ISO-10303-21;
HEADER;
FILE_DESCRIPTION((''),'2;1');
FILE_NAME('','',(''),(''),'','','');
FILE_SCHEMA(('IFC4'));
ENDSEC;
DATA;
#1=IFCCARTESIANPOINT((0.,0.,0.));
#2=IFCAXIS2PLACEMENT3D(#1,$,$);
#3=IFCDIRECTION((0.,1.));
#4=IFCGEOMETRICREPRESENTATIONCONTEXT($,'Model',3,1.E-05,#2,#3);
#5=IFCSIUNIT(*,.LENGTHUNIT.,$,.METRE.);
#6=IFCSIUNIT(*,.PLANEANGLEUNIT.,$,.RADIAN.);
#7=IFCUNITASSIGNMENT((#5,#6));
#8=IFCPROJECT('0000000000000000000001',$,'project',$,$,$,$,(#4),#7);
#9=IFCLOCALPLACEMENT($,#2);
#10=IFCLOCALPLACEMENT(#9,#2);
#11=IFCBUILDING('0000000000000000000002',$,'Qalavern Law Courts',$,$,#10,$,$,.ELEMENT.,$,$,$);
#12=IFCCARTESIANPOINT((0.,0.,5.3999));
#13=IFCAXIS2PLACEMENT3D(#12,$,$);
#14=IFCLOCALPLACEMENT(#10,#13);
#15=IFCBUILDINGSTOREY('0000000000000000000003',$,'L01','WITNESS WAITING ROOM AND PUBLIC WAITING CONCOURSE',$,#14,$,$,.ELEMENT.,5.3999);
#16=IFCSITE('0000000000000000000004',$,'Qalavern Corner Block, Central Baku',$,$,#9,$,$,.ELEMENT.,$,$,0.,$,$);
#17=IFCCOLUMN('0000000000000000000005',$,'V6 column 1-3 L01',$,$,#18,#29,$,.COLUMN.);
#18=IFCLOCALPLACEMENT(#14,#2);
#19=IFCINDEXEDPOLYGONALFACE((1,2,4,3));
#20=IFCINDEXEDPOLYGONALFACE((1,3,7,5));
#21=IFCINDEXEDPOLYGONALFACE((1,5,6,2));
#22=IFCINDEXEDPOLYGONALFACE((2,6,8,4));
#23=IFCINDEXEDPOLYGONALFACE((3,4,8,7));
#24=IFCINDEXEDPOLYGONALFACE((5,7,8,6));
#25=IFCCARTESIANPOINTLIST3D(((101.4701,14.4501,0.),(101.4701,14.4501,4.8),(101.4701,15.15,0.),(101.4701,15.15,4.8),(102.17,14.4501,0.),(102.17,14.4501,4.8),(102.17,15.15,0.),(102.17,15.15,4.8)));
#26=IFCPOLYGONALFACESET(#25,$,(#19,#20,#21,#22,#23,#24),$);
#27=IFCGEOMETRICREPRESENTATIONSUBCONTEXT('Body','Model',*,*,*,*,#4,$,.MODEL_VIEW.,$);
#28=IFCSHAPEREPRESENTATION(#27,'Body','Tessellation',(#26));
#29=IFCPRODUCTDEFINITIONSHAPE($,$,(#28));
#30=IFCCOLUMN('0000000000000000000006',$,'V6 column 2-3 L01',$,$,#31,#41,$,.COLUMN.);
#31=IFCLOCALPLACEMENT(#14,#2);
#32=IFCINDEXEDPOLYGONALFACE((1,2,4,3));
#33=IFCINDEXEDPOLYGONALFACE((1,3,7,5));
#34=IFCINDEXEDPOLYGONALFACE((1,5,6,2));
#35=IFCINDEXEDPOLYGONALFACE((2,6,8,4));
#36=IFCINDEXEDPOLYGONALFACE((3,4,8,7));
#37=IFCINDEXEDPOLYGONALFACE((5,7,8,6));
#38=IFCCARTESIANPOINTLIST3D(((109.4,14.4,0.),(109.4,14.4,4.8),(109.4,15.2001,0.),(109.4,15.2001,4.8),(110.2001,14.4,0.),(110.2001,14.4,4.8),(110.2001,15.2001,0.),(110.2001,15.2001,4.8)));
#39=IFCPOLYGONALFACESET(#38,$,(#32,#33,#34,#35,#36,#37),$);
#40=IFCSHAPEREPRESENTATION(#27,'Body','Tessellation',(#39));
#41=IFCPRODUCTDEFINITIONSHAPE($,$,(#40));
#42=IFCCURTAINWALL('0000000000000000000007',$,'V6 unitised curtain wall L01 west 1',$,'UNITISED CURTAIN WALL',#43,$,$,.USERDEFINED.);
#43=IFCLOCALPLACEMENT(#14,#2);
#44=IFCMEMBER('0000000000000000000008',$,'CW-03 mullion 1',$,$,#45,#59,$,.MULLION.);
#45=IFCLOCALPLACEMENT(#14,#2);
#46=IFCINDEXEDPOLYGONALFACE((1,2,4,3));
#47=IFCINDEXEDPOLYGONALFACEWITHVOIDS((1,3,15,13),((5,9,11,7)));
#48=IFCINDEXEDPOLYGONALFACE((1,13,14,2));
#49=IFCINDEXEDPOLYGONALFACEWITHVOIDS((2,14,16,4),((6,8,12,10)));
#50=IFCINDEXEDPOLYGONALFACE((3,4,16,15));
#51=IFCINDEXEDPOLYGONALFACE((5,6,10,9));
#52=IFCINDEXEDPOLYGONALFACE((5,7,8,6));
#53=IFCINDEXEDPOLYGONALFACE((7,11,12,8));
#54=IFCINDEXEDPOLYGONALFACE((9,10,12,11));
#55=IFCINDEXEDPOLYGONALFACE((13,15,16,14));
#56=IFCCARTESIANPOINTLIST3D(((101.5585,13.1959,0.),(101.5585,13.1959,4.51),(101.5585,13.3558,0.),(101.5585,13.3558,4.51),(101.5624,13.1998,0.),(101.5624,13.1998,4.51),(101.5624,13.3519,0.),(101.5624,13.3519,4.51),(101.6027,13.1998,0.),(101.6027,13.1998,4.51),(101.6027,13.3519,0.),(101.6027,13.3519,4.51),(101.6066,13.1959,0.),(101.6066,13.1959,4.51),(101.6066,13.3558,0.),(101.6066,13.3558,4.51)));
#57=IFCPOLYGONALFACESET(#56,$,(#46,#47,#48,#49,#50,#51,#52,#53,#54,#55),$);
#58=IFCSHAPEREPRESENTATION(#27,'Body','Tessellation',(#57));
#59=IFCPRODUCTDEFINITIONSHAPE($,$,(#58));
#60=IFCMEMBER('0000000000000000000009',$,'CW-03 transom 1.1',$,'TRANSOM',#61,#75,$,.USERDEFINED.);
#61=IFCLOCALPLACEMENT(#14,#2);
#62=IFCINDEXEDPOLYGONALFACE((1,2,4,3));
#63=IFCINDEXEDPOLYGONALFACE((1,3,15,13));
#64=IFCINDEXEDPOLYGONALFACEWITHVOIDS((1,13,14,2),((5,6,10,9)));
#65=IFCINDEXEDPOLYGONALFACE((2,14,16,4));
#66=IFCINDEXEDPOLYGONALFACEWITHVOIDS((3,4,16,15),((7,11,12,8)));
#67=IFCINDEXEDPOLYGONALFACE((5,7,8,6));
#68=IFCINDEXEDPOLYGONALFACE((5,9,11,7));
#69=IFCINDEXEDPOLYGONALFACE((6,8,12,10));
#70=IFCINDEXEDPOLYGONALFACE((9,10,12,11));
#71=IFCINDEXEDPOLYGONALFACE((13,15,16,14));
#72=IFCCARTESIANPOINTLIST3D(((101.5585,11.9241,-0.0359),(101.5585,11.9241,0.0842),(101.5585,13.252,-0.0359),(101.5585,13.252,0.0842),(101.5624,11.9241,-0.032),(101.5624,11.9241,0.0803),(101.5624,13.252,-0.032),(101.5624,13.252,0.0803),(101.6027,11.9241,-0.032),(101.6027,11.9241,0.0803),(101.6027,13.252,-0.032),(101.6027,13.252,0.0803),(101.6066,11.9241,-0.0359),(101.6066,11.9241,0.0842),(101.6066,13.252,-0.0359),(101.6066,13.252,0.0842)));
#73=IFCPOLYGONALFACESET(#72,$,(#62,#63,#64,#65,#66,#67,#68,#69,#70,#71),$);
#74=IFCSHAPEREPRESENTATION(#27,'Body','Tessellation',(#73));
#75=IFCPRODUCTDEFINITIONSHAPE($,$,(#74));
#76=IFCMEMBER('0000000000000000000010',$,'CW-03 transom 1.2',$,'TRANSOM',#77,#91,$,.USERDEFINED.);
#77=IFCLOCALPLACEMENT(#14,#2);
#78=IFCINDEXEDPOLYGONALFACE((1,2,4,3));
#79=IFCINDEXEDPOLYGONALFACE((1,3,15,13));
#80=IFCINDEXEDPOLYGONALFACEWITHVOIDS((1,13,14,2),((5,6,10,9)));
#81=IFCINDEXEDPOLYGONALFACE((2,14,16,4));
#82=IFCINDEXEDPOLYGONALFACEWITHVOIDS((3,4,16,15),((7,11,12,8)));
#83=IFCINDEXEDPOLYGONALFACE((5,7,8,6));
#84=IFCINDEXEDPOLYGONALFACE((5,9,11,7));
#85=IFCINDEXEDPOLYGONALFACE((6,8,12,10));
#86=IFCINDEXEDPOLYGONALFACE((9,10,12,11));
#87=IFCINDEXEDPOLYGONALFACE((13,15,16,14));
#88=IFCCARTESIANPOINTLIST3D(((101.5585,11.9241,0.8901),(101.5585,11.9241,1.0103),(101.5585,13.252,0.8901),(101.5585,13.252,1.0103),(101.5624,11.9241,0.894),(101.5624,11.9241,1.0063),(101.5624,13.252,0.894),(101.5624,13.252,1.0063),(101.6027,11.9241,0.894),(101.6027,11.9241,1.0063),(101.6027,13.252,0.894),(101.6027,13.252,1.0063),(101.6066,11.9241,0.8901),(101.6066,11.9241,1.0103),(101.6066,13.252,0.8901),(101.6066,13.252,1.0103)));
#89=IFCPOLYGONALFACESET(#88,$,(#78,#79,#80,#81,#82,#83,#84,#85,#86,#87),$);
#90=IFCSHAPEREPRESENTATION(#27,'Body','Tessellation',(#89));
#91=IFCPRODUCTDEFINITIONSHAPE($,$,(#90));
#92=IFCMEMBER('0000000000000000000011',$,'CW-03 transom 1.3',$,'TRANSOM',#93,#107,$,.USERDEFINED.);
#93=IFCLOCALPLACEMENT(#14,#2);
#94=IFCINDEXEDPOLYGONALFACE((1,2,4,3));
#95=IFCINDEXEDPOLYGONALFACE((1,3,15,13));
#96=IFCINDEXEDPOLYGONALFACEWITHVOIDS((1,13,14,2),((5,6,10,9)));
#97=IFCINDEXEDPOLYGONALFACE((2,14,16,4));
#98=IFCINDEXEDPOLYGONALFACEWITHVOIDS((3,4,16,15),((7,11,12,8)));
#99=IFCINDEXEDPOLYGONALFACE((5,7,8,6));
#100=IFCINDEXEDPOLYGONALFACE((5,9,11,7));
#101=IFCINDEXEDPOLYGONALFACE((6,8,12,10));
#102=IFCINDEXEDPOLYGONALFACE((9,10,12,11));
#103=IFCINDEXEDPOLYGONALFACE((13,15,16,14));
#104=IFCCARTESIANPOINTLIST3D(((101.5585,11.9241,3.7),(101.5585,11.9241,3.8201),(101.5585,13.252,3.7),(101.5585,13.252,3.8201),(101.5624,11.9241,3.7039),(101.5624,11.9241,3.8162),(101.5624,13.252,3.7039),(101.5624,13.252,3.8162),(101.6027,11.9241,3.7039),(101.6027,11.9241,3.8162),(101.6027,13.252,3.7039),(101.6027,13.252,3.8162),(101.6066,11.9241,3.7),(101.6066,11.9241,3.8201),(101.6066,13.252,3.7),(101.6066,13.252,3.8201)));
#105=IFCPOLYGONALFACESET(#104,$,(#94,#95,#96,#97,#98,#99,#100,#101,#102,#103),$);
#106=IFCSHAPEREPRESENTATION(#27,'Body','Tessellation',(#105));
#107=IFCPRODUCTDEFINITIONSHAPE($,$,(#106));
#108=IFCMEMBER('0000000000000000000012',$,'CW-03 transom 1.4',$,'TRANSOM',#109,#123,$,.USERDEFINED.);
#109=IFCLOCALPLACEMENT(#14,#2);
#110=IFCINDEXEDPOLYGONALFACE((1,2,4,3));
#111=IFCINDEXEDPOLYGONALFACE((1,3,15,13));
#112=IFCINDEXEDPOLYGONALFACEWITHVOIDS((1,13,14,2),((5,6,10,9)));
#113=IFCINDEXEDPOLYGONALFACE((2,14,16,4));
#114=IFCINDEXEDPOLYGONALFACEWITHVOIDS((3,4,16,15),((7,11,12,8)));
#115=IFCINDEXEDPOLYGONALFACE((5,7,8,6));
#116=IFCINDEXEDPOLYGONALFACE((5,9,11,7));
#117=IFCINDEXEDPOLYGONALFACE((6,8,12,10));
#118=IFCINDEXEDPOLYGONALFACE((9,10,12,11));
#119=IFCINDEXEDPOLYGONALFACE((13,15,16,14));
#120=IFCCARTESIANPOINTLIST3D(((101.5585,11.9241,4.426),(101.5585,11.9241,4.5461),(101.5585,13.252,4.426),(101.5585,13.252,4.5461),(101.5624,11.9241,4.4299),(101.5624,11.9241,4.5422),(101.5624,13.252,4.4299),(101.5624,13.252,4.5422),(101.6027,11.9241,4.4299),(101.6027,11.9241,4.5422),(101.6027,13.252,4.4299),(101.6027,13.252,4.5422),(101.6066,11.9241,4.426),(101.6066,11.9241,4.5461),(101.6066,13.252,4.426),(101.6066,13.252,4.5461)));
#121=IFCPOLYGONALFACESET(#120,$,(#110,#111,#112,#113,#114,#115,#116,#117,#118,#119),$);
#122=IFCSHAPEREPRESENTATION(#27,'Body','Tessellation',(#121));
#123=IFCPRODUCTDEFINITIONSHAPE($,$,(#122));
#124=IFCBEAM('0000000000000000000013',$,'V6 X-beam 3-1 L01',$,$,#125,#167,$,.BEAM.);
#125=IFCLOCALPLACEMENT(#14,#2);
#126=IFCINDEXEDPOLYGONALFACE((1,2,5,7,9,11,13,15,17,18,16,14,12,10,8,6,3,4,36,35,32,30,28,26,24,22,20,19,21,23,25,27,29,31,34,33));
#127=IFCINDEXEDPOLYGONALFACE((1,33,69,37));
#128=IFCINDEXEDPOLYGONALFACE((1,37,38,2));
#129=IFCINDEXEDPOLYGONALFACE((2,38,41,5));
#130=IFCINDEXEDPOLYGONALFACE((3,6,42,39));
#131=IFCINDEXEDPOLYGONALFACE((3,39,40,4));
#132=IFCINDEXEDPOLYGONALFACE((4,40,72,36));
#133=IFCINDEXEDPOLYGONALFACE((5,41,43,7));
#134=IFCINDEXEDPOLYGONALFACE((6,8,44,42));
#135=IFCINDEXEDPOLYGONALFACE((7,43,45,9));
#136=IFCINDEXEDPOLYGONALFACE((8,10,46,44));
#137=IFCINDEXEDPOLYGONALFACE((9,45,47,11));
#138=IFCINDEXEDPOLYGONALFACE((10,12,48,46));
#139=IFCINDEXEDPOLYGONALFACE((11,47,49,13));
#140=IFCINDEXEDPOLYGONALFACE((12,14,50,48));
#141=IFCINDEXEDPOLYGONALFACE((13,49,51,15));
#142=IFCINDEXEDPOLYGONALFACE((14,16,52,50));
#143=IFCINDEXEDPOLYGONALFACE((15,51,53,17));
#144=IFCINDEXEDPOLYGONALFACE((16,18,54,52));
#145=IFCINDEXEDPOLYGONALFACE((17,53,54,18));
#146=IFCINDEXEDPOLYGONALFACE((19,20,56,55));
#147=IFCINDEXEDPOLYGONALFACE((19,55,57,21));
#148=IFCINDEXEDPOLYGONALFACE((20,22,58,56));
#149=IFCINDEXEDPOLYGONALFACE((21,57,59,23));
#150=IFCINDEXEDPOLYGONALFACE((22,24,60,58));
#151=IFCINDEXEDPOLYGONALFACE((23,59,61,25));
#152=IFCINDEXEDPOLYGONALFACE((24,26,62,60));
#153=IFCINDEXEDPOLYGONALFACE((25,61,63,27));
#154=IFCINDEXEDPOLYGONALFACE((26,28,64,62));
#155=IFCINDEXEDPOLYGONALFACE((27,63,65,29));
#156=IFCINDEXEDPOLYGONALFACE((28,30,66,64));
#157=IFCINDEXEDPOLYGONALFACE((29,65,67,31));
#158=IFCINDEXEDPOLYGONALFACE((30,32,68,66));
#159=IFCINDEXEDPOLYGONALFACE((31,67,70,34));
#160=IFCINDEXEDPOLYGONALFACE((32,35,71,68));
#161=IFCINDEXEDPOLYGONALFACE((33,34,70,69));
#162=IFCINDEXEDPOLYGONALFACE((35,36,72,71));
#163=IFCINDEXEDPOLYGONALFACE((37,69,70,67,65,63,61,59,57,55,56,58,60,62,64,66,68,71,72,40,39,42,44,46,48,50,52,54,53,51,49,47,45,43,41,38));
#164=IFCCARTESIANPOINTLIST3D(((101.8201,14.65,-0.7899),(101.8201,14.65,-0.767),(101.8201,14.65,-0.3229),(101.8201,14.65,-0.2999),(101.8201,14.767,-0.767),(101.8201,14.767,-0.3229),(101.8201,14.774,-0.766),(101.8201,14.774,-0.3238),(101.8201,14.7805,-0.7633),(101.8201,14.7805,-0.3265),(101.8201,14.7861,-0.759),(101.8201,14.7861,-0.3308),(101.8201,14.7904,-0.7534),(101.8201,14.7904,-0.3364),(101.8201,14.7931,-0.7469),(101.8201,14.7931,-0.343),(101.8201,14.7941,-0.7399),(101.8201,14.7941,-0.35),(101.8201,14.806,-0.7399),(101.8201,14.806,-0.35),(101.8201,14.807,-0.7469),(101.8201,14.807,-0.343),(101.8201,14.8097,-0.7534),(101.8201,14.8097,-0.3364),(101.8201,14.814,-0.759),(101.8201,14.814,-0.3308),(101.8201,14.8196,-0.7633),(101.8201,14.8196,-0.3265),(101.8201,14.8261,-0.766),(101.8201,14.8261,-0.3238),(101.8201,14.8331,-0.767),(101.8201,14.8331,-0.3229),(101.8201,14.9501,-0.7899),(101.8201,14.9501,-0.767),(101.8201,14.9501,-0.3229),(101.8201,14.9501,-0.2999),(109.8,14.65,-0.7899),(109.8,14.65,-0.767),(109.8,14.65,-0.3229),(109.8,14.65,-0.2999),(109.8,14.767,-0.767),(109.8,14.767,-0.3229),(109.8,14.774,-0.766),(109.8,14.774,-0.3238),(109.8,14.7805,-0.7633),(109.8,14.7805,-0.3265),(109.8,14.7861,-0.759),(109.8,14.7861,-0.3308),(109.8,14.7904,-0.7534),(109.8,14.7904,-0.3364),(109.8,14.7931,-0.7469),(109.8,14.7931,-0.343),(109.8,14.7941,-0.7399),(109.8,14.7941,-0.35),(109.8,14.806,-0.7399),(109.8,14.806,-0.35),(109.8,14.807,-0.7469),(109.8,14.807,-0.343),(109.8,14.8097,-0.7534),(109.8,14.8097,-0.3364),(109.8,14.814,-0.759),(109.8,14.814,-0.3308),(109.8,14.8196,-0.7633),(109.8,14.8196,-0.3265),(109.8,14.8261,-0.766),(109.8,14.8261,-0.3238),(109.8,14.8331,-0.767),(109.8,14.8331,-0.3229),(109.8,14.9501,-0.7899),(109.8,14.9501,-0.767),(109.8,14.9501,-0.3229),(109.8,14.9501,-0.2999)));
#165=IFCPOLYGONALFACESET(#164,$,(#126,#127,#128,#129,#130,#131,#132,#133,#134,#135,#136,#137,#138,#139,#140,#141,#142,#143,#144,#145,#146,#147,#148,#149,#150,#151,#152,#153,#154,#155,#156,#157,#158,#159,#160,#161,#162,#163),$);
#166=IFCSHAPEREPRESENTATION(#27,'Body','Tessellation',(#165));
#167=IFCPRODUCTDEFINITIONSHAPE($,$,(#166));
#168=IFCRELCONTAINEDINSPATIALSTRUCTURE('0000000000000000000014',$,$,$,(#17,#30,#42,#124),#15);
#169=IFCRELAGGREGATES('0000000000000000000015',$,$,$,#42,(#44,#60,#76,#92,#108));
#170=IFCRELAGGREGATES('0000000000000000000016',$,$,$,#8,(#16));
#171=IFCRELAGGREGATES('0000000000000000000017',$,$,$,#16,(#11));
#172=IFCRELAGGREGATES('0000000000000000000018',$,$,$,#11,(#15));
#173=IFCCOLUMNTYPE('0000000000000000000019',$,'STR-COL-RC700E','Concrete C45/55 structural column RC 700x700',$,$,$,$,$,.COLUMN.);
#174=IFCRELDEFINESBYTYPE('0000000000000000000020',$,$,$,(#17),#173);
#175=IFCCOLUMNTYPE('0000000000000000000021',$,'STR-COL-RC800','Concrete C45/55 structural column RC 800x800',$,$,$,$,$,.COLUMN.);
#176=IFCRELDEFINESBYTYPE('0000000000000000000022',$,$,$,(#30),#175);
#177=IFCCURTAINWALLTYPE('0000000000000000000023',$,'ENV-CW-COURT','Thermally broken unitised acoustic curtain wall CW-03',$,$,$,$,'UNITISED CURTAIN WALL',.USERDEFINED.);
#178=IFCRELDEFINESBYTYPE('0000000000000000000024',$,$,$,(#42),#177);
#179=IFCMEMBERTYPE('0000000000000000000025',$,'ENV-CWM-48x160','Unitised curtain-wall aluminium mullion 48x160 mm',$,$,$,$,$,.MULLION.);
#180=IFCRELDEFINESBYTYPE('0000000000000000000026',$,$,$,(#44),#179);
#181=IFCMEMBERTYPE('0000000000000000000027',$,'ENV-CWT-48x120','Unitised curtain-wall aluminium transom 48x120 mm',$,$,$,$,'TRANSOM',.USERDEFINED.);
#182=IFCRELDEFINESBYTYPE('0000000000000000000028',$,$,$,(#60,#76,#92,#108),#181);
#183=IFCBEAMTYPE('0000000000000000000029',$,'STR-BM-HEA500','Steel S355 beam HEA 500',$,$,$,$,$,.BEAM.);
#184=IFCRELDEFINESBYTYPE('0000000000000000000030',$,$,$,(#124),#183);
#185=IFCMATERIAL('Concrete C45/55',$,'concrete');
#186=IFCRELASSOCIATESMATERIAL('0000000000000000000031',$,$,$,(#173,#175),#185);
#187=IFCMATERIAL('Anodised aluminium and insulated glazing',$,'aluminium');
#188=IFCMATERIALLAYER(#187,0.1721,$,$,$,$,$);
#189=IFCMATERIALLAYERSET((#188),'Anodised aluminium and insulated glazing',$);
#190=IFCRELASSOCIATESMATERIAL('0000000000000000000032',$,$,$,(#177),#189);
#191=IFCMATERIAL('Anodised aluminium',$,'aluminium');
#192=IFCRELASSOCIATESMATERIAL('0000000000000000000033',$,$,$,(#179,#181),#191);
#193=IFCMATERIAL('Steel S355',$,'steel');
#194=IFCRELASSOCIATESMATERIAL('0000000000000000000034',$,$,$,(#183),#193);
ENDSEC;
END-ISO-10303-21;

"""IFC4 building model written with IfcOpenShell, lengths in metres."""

from ifc_helpers import new_model, si_unit, direction, frame, origin, origin_2d, place, context, subcontext, project, spatial, rectangle, hollow_rectangle, i_section, extrude, material, layer, layer_set, material_profile, profile_set, type_object, element, aggregate, save


model = new_model("IFC4")

# Units and contexts
model_context = context("Model", 3, precision=1e-05, world=origin(), true_north=direction((0.0, 1.0)))
body_context = subcontext(model_context, "Body", "Model", "MODEL_VIEW")
ifc_project = project(units=[si_unit("LENGTHUNIT", "METRE"), si_unit("PLANEANGLEUNIT", "RADIAN")], contexts=[model_context])

# Site, building, storey
site_placement = place(None, origin())
site = spatial("IfcSite", under=ifc_project, at=site_placement, Name="Qalavern Corner Block, Central Baku", CompositionType="ELEMENT", RefElevation=0.0)
building_placement = place(site_placement, origin())
building = spatial("IfcBuilding", under=site, at=building_placement, Name="Qalavern Law Courts", CompositionType="ELEMENT")
storey_placement = place(building_placement, frame((0.0, 0.0, 5.3999)))
storey = spatial("IfcBuildingStorey", under=building, at=storey_placement, Name="L01", Description="WITNESS WAITING ROOM AND PUBLIC WAITING CONCOURSE", CompositionType="ELEMENT", Elevation=5.3999)

# Columns
ifc_material_1 = material(Name="Concrete C45/55", Category="concrete")
ifc_material_profile_1 = material_profile(ifc_material_1, rectangle(XDim=0.7, YDim=0.7, at=origin_2d()), Name="RC 700x700")
ifc_profile_set_1 = profile_set([ifc_material_profile_1], Name="Concrete C45/55")
column_type_1 = type_object("IfcColumnType", Name="STR-COL-RC700E", Description="Concrete C45/55 structural column RC 700x700", PredefinedType="COLUMN", material=ifc_profile_set_1)
column_1_placement = place(storey_placement, frame((101.8201, 14.8, 0.0), z_axis=(0.0, 0.0, 1.0), x_axis=(1.0, 0.0, 0.0)))
element("IfcColumn", 1, at=column_1_placement, inside=storey, type_object=column_type_1, Name="V6 column 1-3 L01", PredefinedType="COLUMN", context=body_context, shape_type="SweptSolid", body=[
    extrude(rectangle(XDim=0.7, YDim=0.7, at=origin_2d()), origin(), (0.0, 0.0, 1.0), 4.8),
])
ifc_material_profile_2 = material_profile(ifc_material_1, rectangle(XDim=0.8, YDim=0.8, at=origin_2d()), Name="RC 800x800")
ifc_profile_set_2 = profile_set([ifc_material_profile_2], Name="Concrete C45/55")
column_type_2 = type_object("IfcColumnType", Name="STR-COL-RC800", Description="Concrete C45/55 structural column RC 800x800", PredefinedType="COLUMN", material=ifc_profile_set_2)
column_2_placement = place(storey_placement, frame((109.8, 14.8, 0.0), z_axis=(0.0, 0.0, 1.0), x_axis=(1.0, 0.0, 0.0)))
element("IfcColumn", 2, at=column_2_placement, inside=storey, type_object=column_type_2, Name="V6 column 2-3 L01", PredefinedType="COLUMN", context=body_context, shape_type="SweptSolid", body=[
    extrude(rectangle(XDim=0.8, YDim=0.8, at=origin_2d()), origin(), (0.0, 0.0, 1.0), 4.8),
])

# Curtain wall, members
ifc_material_2 = material(Name="Anodised aluminium and insulated glazing", Category="aluminium")
ifc_layer_1 = layer(ifc_material_2, 0.1721)
ifc_layer_set_1 = layer_set([ifc_layer_1], Name="Anodised aluminium and insulated glazing")
curtain_wall_type = type_object("IfcCurtainWallType", Name="ENV-CW-COURT", Description="Thermally broken unitised acoustic curtain wall CW-03", ElementType="UNITISED CURTAIN WALL", PredefinedType="USERDEFINED", material=ifc_layer_set_1)
curtain_wall_placement = place(storey_placement, origin())
curtain_wall = element("IfcCurtainWall", 3, at=curtain_wall_placement, inside=storey, type_object=curtain_wall_type, Name="V6 unitised curtain wall L01 west 1", ObjectType="UNITISED CURTAIN WALL", PredefinedType="USERDEFINED")
ifc_material_3 = material(Name="Anodised aluminium", Category="aluminium")
ifc_material_profile_3 = material_profile(ifc_material_3, hollow_rectangle(XDim=0.0481, YDim=0.1599, WallThickness=0.0039, at=origin_2d()), Name="ALU MULLION 48x160")
ifc_profile_set_3 = profile_set([ifc_material_profile_3], Name="Anodised aluminium")
member_type_1 = type_object("IfcMemberType", Name="ENV-CWM-48x160", Description="Unitised curtain-wall aluminium mullion 48x160 mm", PredefinedType="MULLION", material=ifc_profile_set_3)
member_1_placement = place(storey_placement, frame((101.5825, 13.2759, 0.0), z_axis=(0.0, 0.0, 1.0), x_axis=(1.0, 0.0, 0.0)))
member_1 = element("IfcMember", 4, at=member_1_placement, type_object=member_type_1, Name="CW-03 mullion 1", PredefinedType="MULLION", context=body_context, shape_type="SweptSolid", body=[
    extrude(hollow_rectangle(XDim=0.0481, YDim=0.1599, WallThickness=0.0039, at=origin_2d()), origin(), (0.0, 0.0, 1.0), 4.51),
])
ifc_material_profile_4 = material_profile(ifc_material_3, hollow_rectangle(XDim=0.0481, YDim=0.1201, WallThickness=0.0039, at=origin_2d()), Name="ALU TRANSOM 48x120")
ifc_profile_set_4 = profile_set([ifc_material_profile_4], Name="Anodised aluminium")
member_type_2 = type_object("IfcMemberType", Name="ENV-CWT-48x120", Description="Unitised curtain-wall aluminium transom 48x120 mm", ElementType="TRANSOM", PredefinedType="USERDEFINED", material=ifc_profile_set_4)
member_2_placement = place(storey_placement, frame((101.5825, 13.252, 0.0242), z_axis=(0.0, -1.0, 0.0), x_axis=(1.0, 0.0, 0.0)))
member_2 = element("IfcMember", 5, at=member_2_placement, type_object=member_type_2, Name="CW-03 transom 1.1", ObjectType="TRANSOM", PredefinedType="USERDEFINED", context=body_context, shape_type="SweptSolid", body=[
    extrude(hollow_rectangle(XDim=0.0481, YDim=0.1201, WallThickness=0.0039, at=origin_2d()), origin(), (0.0, 0.0, 1.0), 1.3279),
])
member_3_placement = place(storey_placement, frame((101.5825, 13.252, 0.9502), z_axis=(0.0, -1.0, 0.0), x_axis=(1.0, 0.0, 0.0)))
member_3 = element("IfcMember", 6, at=member_3_placement, type_object=member_type_2, Name="CW-03 transom 1.2", ObjectType="TRANSOM", PredefinedType="USERDEFINED", context=body_context, shape_type="SweptSolid", body=[
    extrude(hollow_rectangle(XDim=0.0481, YDim=0.1201, WallThickness=0.0039, at=origin_2d()), origin(), (0.0, 0.0, 1.0), 1.3279),
])
member_4_placement = place(storey_placement, frame((101.5825, 13.252, 3.76), z_axis=(0.0, -1.0, 0.0), x_axis=(1.0, 0.0, 0.0)))
member_4 = element("IfcMember", 7, at=member_4_placement, type_object=member_type_2, Name="CW-03 transom 1.3", ObjectType="TRANSOM", PredefinedType="USERDEFINED", context=body_context, shape_type="SweptSolid", body=[
    extrude(hollow_rectangle(XDim=0.0481, YDim=0.1201, WallThickness=0.0039, at=origin_2d()), origin(), (0.0, 0.0, 1.0), 1.3279),
])
member_5_placement = place(storey_placement, frame((101.5825, 13.252, 4.4861), z_axis=(0.0, -1.0, 0.0), x_axis=(1.0, 0.0, 0.0)))
member_5 = element("IfcMember", 8, at=member_5_placement, type_object=member_type_2, Name="CW-03 transom 1.4", ObjectType="TRANSOM", PredefinedType="USERDEFINED", context=body_context, shape_type="SweptSolid", body=[
    extrude(hollow_rectangle(XDim=0.0481, YDim=0.1201, WallThickness=0.0039, at=origin_2d()), origin(), (0.0, 0.0, 1.0), 1.3279),
])

# Beam
ifc_material_4 = material(Name="Steel S355", Category="steel")
ifc_material_profile_5 = material_profile(ifc_material_4, i_section(OverallWidth=0.3, OverallDepth=0.49, WebThickness=0.012, FlangeThickness=0.0229, FilletRadius=0.0271, at=origin_2d()), Name="HEA 500")
ifc_profile_set_5 = profile_set([ifc_material_profile_5], Name="Steel S355")
beam_type_1 = type_object("IfcBeamType", Name="STR-BM-HEA500", Description="Steel S355 beam HEA 500", PredefinedType="BEAM", material=ifc_profile_set_5)
beam_1_placement = place(storey_placement, frame((101.8201, 14.8, -0.5449), z_axis=(1.0, 0.0, 0.0), x_axis=(0.0, 1.0, 0.0)))
element("IfcBeam", 9, at=beam_1_placement, inside=storey, type_object=beam_type_1, Name="V6 X-beam 3-1 L01", PredefinedType="BEAM", context=body_context, shape_type="SweptSolid", body=[
    extrude(i_section(OverallWidth=0.3, OverallDepth=0.49, WebThickness=0.012, FlangeThickness=0.0229, FilletRadius=0.0271, at=origin_2d()), origin(), (0.0, 0.0, 1.0), 7.98),
])

aggregate(curtain_wall, [member_1, member_2, member_3, member_4, member_5])

save(model, "model.ifc")
